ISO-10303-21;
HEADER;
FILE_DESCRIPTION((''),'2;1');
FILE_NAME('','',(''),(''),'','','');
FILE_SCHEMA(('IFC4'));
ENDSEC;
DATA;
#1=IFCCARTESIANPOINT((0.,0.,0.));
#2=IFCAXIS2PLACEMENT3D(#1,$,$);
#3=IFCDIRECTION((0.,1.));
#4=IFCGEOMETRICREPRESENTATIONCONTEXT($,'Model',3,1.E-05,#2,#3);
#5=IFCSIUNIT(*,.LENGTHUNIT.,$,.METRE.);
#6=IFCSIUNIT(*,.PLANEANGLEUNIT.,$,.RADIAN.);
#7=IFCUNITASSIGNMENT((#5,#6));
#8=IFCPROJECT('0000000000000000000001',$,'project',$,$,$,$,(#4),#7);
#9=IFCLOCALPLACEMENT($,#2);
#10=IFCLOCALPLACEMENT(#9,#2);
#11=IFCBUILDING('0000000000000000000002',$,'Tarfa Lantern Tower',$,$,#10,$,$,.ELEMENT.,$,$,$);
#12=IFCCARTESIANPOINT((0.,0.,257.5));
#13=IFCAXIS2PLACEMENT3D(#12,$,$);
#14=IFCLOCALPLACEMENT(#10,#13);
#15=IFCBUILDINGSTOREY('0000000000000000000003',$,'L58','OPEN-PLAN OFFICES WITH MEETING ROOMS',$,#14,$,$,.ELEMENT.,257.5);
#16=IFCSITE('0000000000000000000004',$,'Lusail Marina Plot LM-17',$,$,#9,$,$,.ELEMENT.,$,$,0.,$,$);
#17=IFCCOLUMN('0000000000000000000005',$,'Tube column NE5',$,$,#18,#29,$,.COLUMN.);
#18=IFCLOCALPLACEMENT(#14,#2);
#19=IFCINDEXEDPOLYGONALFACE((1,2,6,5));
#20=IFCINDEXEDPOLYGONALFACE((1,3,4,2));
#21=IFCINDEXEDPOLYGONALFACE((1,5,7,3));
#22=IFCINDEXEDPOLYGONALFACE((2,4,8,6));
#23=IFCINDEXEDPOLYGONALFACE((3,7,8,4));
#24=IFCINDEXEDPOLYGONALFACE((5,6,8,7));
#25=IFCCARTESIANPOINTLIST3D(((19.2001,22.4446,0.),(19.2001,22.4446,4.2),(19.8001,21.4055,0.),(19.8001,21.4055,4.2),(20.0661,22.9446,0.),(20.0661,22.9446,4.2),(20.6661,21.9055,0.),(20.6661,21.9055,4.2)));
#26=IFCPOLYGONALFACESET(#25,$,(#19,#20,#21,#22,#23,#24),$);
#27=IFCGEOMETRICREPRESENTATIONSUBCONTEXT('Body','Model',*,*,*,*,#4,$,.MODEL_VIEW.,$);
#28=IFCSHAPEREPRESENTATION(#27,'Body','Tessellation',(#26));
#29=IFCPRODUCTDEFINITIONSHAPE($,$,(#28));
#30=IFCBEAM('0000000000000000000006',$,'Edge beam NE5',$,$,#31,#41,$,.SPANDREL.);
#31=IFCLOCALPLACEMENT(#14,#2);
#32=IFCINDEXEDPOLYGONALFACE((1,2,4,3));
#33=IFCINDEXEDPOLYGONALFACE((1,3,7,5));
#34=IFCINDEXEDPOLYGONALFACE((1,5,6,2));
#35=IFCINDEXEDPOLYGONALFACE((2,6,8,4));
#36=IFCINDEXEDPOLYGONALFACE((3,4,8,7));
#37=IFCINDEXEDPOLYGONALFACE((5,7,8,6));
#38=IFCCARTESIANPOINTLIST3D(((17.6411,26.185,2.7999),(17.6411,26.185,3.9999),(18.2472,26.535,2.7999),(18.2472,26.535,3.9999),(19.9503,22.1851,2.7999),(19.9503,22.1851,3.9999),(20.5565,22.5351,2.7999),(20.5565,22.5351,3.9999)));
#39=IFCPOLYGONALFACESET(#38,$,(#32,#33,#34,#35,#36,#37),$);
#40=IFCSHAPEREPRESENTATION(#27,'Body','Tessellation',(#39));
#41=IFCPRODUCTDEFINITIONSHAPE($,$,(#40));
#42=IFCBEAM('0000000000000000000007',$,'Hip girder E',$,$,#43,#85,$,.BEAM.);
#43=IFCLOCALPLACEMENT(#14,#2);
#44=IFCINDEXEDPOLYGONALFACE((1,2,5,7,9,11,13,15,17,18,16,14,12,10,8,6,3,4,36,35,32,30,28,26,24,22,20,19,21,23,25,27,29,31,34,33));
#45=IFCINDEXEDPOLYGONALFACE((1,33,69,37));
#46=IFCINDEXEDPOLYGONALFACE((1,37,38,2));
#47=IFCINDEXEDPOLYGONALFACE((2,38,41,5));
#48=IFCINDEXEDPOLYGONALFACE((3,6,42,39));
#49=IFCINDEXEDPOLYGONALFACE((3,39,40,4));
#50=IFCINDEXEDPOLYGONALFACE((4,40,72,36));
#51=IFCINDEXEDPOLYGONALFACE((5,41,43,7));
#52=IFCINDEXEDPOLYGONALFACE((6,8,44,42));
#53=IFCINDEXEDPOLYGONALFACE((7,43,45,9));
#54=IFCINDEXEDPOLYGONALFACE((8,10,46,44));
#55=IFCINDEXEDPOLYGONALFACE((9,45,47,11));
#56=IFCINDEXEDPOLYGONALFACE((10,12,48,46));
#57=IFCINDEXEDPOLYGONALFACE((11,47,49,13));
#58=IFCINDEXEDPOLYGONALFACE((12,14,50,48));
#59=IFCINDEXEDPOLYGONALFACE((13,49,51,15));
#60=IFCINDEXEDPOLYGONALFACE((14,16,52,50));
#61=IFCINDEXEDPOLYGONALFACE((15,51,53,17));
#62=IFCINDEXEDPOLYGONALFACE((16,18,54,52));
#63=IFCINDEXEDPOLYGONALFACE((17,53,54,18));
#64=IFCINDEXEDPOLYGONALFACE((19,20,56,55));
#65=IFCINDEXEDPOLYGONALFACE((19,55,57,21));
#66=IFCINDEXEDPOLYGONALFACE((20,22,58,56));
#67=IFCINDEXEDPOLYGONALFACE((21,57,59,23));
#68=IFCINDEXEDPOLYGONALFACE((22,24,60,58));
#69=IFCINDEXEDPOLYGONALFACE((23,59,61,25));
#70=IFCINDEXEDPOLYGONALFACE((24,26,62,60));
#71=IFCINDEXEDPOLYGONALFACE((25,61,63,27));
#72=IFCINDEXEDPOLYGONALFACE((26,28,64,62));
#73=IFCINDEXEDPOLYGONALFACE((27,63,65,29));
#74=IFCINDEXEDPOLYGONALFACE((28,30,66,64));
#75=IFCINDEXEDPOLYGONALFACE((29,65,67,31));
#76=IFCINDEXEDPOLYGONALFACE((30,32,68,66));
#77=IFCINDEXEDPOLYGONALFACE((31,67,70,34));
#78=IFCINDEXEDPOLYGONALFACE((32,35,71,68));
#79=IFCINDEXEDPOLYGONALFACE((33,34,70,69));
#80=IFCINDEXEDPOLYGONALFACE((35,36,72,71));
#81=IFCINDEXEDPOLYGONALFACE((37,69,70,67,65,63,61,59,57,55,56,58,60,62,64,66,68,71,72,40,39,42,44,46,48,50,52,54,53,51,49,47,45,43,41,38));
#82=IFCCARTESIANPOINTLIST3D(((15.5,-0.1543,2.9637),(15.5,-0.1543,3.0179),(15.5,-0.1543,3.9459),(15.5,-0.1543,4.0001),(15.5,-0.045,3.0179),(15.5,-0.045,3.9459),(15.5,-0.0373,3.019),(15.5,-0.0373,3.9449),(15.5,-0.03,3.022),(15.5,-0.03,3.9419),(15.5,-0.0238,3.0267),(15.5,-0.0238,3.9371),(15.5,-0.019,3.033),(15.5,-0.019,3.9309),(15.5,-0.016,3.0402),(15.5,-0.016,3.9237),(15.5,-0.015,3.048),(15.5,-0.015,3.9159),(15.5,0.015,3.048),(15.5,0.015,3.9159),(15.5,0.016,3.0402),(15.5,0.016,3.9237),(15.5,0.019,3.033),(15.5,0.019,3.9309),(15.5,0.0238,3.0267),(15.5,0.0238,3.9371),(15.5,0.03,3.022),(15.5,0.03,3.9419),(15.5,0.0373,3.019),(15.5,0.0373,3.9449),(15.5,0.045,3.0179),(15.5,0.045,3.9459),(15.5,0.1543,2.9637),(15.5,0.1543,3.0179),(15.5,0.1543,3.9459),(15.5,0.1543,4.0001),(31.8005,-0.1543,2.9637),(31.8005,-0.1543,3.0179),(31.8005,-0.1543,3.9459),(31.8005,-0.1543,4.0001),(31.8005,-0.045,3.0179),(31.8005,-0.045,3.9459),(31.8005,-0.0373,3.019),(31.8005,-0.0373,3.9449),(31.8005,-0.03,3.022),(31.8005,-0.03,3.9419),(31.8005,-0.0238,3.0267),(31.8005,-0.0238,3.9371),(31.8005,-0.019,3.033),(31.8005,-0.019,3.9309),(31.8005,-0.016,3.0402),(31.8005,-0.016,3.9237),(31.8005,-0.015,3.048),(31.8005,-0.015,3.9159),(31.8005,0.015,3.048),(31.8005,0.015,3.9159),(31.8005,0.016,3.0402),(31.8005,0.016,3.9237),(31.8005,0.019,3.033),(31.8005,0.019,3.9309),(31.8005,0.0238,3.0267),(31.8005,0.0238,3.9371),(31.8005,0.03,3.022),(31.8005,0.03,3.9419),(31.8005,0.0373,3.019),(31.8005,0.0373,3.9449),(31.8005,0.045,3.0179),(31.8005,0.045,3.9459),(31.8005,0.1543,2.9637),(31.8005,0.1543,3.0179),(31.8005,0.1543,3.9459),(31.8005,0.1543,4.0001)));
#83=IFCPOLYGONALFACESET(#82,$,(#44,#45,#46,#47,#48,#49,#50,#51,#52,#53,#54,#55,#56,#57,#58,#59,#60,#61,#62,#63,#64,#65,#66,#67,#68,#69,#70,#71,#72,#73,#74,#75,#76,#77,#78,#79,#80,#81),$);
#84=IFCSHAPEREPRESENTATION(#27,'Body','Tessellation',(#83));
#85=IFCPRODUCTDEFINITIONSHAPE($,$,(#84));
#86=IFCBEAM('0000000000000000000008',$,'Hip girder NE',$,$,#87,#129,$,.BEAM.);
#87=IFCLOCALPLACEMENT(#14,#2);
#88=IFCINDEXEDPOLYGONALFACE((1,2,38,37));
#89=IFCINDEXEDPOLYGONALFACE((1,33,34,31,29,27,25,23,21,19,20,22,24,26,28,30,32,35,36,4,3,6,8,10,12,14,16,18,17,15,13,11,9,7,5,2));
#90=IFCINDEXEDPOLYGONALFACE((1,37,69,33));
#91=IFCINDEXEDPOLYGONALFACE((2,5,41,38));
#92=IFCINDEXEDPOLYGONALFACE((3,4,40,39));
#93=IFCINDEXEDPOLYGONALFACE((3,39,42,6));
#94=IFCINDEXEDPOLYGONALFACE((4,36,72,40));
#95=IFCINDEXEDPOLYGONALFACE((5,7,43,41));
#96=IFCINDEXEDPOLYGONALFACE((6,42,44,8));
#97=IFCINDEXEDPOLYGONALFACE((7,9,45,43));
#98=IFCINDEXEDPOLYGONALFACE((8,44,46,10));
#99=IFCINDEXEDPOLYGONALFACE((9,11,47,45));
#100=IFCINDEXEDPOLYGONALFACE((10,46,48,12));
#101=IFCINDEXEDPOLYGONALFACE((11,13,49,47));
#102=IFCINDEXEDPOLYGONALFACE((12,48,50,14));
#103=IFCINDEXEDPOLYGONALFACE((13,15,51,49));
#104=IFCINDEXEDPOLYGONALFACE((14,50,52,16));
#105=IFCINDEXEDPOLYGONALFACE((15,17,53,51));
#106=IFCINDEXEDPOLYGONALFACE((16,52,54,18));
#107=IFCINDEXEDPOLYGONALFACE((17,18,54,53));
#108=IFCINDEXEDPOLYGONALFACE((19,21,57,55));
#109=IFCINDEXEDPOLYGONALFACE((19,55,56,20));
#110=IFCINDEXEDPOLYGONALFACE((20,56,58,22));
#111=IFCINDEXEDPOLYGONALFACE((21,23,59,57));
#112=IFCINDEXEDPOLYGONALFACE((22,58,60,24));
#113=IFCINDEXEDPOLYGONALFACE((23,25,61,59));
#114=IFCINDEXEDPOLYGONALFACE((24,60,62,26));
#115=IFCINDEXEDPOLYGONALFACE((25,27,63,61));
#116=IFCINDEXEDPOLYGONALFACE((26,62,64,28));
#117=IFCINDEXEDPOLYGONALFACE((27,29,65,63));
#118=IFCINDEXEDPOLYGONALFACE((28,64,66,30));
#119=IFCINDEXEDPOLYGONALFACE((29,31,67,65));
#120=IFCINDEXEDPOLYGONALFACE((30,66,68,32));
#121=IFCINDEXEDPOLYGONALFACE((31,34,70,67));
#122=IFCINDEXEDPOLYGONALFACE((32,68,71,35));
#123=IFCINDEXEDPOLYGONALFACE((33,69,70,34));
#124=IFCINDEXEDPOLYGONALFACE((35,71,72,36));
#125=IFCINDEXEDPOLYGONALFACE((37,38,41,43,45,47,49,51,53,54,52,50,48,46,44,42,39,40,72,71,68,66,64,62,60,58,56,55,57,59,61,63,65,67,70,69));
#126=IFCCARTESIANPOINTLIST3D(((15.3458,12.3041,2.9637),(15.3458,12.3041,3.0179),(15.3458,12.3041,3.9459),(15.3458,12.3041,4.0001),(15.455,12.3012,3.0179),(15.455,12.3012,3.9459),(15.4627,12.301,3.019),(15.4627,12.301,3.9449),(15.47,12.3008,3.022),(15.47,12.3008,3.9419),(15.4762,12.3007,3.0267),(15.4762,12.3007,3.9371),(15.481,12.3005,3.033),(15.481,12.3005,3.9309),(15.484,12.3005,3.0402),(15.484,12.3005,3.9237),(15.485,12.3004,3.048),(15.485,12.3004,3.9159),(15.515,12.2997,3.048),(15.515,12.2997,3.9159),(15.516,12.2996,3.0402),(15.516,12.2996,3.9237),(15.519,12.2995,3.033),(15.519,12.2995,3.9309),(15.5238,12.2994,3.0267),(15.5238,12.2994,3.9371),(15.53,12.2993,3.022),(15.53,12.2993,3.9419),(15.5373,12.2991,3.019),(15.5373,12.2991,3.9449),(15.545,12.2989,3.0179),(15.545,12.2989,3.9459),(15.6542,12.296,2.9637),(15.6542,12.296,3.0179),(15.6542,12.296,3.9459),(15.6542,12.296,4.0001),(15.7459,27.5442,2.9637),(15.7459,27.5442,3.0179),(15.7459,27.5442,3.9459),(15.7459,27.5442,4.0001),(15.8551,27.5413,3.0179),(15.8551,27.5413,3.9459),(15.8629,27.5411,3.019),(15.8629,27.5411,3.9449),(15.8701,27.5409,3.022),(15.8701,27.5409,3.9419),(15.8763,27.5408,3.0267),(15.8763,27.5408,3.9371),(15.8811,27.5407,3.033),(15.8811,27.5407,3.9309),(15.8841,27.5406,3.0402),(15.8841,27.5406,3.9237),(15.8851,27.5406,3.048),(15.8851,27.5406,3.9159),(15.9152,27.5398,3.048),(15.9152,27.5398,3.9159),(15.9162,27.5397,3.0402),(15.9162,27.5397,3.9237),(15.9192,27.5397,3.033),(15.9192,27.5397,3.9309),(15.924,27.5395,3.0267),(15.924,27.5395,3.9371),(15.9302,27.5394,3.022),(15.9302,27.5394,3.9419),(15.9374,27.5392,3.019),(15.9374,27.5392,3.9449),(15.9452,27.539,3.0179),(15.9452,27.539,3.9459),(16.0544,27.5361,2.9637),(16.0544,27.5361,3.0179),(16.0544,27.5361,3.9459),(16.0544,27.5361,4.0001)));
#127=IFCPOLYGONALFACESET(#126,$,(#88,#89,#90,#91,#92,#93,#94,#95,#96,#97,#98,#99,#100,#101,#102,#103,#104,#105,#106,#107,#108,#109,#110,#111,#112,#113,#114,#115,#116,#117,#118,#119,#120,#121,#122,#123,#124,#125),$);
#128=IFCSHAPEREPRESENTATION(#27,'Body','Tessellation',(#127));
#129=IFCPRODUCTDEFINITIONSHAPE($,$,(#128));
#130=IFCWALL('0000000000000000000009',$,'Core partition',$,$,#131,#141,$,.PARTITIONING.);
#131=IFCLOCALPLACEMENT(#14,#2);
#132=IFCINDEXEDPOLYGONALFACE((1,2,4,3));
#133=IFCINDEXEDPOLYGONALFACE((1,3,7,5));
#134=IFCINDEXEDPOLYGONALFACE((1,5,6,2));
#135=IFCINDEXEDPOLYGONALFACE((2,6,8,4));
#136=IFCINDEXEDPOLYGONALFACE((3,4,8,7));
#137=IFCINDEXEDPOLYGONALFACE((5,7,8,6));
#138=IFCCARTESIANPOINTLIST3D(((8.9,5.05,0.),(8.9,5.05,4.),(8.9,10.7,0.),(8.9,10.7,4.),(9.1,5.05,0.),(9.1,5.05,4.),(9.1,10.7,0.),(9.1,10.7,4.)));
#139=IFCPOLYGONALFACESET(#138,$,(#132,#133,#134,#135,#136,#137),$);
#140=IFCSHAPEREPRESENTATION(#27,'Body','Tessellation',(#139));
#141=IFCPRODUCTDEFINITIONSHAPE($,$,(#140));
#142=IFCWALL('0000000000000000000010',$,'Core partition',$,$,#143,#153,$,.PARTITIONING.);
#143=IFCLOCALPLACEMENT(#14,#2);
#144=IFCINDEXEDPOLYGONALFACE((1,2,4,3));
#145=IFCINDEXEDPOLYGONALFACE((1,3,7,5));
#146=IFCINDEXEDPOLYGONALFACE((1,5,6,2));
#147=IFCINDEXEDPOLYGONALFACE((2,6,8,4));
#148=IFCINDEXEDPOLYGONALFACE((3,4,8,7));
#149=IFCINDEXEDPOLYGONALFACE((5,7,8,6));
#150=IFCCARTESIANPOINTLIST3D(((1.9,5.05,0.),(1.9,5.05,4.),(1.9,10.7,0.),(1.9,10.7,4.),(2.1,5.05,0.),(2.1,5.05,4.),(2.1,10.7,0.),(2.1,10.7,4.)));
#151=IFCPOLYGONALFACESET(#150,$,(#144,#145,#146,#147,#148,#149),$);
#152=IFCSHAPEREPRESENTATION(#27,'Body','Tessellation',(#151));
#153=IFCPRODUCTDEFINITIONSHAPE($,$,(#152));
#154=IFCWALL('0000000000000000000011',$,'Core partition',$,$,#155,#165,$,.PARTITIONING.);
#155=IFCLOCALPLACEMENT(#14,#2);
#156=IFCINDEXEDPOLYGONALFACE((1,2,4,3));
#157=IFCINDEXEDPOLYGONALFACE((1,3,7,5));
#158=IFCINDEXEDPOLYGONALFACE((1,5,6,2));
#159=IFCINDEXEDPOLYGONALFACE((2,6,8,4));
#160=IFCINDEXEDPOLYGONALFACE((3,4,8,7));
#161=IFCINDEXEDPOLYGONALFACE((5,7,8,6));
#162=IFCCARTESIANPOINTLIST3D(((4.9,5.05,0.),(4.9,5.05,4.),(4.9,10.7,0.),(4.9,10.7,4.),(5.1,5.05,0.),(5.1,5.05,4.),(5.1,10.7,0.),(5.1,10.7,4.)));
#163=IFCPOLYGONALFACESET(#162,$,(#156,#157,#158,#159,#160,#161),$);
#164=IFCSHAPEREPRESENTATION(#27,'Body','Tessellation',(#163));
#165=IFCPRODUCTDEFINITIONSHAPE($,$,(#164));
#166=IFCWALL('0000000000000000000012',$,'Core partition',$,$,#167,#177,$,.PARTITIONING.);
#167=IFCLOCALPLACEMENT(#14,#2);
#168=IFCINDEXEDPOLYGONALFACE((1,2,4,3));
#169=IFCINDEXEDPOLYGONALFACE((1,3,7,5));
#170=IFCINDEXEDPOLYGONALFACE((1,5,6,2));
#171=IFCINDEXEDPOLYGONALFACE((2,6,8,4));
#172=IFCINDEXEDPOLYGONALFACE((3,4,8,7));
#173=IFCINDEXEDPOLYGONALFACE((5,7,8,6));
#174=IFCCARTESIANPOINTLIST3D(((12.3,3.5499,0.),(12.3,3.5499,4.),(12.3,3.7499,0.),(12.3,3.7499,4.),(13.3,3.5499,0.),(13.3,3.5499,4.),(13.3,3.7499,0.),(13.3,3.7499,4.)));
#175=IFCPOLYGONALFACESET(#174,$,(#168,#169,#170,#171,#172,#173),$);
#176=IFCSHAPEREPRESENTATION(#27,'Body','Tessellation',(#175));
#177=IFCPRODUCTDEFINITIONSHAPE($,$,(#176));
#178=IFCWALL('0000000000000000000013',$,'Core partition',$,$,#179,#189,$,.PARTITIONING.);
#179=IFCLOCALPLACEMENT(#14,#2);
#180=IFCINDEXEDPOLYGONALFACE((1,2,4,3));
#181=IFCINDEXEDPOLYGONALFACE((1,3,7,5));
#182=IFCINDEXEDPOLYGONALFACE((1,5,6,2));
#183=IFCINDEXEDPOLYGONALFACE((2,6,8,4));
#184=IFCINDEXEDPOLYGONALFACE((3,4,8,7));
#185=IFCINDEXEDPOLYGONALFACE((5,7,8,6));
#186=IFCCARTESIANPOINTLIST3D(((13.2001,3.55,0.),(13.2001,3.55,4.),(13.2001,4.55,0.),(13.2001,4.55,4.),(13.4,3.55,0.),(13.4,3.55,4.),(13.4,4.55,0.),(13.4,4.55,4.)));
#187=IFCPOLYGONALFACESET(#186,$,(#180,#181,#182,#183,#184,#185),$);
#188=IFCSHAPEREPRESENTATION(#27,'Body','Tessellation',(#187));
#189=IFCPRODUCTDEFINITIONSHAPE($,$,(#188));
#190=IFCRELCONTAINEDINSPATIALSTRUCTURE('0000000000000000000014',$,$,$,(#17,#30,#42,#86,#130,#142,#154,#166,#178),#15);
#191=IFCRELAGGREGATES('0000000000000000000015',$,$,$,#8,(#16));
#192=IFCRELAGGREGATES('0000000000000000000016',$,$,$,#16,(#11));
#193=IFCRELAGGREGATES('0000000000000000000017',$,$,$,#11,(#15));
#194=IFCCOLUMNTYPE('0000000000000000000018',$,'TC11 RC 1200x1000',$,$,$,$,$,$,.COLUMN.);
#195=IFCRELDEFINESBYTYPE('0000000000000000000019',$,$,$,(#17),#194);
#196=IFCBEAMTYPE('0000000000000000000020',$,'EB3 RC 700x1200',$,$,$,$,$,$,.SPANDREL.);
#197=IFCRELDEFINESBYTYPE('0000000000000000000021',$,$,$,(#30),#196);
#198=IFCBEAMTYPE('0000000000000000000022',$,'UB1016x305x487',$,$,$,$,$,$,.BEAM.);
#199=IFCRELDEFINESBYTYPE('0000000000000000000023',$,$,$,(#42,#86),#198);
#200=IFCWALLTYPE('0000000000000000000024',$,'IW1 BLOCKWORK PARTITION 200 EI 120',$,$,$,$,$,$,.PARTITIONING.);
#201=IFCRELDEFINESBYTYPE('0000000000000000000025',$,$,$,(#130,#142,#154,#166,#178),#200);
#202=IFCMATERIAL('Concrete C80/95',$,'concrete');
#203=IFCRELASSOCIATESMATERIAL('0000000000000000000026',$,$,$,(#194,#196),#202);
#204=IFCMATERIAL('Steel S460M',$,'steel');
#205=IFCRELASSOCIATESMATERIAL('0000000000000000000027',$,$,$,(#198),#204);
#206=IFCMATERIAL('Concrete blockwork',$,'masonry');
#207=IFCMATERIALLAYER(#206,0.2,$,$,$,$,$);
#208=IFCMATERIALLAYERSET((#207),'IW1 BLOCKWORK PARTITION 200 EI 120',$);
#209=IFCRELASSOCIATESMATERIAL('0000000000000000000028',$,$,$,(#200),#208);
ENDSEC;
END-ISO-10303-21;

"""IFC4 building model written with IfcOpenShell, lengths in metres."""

from ifc_helpers import new_model, si_unit, direction, frame, frame_2d, origin, origin_2d, place, context, subcontext, project, spatial, rectangle, i_section, extrude, material, layer, layer_set, material_profile, profile_set, type_object, element, save


model = new_model("IFC4")

# Units and contexts
model_context = context("Model", 3, precision=1e-05, world=origin(), true_north=direction((0.0, 1.0)))
body_context = subcontext(model_context, "Body", "Model", "MODEL_VIEW")
ifc_project = project(units=[si_unit("LENGTHUNIT", "METRE"), si_unit("PLANEANGLEUNIT", "RADIAN")], contexts=[model_context])

# Site, building, storey
site_placement = place(None, origin())
site = spatial("IfcSite", under=ifc_project, at=site_placement, Name="Lusail Marina Plot LM-17", CompositionType="ELEMENT", RefElevation=0.0)
building_placement = place(site_placement, origin())
building = spatial("IfcBuilding", under=site, at=building_placement, Name="Tarfa Lantern Tower", CompositionType="ELEMENT")
storey_placement = place(building_placement, frame((0.0, 0.0, 257.5)))
storey = spatial("IfcBuildingStorey", under=building, at=storey_placement, Name="L58", Description="OPEN-PLAN OFFICES WITH MEETING ROOMS", CompositionType="ELEMENT", Elevation=257.5)

# Column
ifc_material_1 = material(Name="Concrete C80/95", Category="concrete")
ifc_material_profile_1 = material_profile(ifc_material_1, rectangle(XDim=1.2, YDim=1.0, at=origin_2d()), Name="RC 1200x1000")
ifc_profile_set_1 = profile_set([ifc_material_profile_1], Name="Concrete C80/95")
column_type = type_object("IfcColumnType", Name="TC11 RC 1200x1000", PredefinedType="COLUMN", material=ifc_profile_set_1)
column_placement = place(storey_placement, frame((19.9331, 22.175, 0.0), z_axis=(0.0, 0.0, 1.0), x_axis=(-0.5, 0.866025, 0.0)))
element("IfcColumn", 1, at=column_placement, inside=storey, type_object=column_type, Name="Tube column NE5", PredefinedType="COLUMN", context=body_context, shape_type="SweptSolid", body=[
    extrude(rectangle(XDim=1.2, YDim=1.0, at=origin_2d()), origin(), (0.0, 0.0, 1.0), 4.2),
])

# Beams
ifc_material_profile_2 = material_profile(ifc_material_1, rectangle(XDim=0.7, YDim=1.2, at=origin_2d()), Name="RC 700x1200")
ifc_profile_set_2 = profile_set([ifc_material_profile_2], Name="Concrete C80/95")
beam_type_1 = type_object("IfcBeamType", Name="EB3 RC 700x1200", PredefinedType="SPANDREL", material=ifc_profile_set_2)
beam_1_placement = place(storey_placement, frame((20.2534, 22.3601, 3.3999), z_axis=(-0.499988, 0.866032, 0.0), x_axis=(-0.866032, -0.499988, 0.0)))
element("IfcBeam", 2, at=beam_1_placement, inside=storey, type_object=beam_type_1, Name="Edge beam NE5", PredefinedType="SPANDREL", context=body_context, shape_type="SweptSolid", body=[
    extrude(rectangle(XDim=0.7, YDim=1.2, at=origin_2d()), origin(), (0.0, 0.0, 1.0), 4.6187),
])
ifc_material_2 = material(Name="Steel S460M", Category="steel")
ifc_material_profile_3 = material_profile(ifc_material_2, i_section(OverallWidth=0.3086, OverallDepth=1.0364, WebThickness=0.03, FlangeThickness=0.0542, FilletRadius=0.03, at=origin_2d()), Name="UB1016x305x487")
ifc_profile_set_3 = profile_set([ifc_material_profile_3], Name="Steel S460M")
beam_type_2 = type_object("IfcBeamType", Name="UB1016x305x487", PredefinedType="BEAM", material=ifc_profile_set_3)
beam_2_placement = place(storey_placement, frame((15.5, 0.0, 3.4819), z_axis=(1.0, 0.0, 0.0), x_axis=(0.0, 1.0, 0.0)))
element("IfcBeam", 3, at=beam_2_placement, inside=storey, type_object=beam_type_2, Name="Hip girder E", PredefinedType="BEAM", context=body_context, shape_type="SweptSolid", body=[
    extrude(i_section(OverallWidth=0.3086, OverallDepth=1.0364, WebThickness=0.03, FlangeThickness=0.0542, FilletRadius=0.03, at=origin_2d()), origin(), (0.0, 0.0, 1.0), 16.3005),
])
beam_3_placement = place(storey_placement, frame((15.5, 12.3, 3.4819), z_axis=(0.026247, 0.999655, 0.0), x_axis=(-0.999655, 0.026247, 0.0)))
element("IfcBeam", 4, at=beam_3_placement, inside=storey, type_object=beam_type_2, Name="Hip girder NE", PredefinedType="BEAM", context=body_context, shape_type="SweptSolid", body=[
    extrude(i_section(OverallWidth=0.3086, OverallDepth=1.0364, WebThickness=0.03, FlangeThickness=0.0542, FilletRadius=0.03, at=origin_2d()), origin(), (0.0, 0.0, 1.0), 15.2454),
])

# Walls
ifc_material_3 = material(Name="Concrete blockwork", Category="masonry")
ifc_layer_1 = layer(ifc_material_3, 0.2)
ifc_layer_set_1 = layer_set([ifc_layer_1], Name="IW1 BLOCKWORK PARTITION 200 EI 120")
wall_type_1 = type_object("IfcWallType", Name="IW1 BLOCKWORK PARTITION 200 EI 120", PredefinedType="PARTITIONING", material=ifc_layer_set_1)
for number, where, z_axis, x_axis, name in (
    (5, (9.0, 5.05, 0.0), (0.0, 0.0, 1.0), (0.0, 1.0, 0.0), "Core partition"),
    (6, (2.0, 5.05, 0.0), (0.0, 0.0, 1.0), (0.0, 1.0, 0.0), "Core partition"),
    (7, (5.0, 5.05, 0.0), (0.0, 0.0, 1.0), (0.0, 1.0, 0.0), "Core partition"),
):
    element("IfcWall", number, at=place(storey_placement, frame(where, z_axis=z_axis, x_axis=x_axis)), inside=storey, type_object=wall_type_1, Name=name, PredefinedType="PARTITIONING", context=body_context, shape_type="SweptSolid", body=[
        extrude(rectangle(XDim=5.6499, YDim=0.2, at=frame_2d((2.825, 0.0))), origin(), (0.0, 0.0, 1.0), 4.0),
    ])
for number, where, z_axis, x_axis, name in (
    (8, (12.3, 3.6499, 0.0), (0.0, 0.0, 1.0), (1.0, 0.0, 0.0), "Core partition"),
    (9, (13.3, 3.55, 0.0), (0.0, 0.0, 1.0), (0.0, 1.0, 0.0), "Core partition"),
):
    element("IfcWall", number, at=place(storey_placement, frame(where, z_axis=z_axis, x_axis=x_axis)), inside=storey, type_object=wall_type_1, Name=name, PredefinedType="PARTITIONING", context=body_context, shape_type="SweptSolid", body=[
        extrude(rectangle(XDim=1.0, YDim=0.2, at=frame_2d((0.5, 0.0))), origin(), (0.0, 0.0, 1.0), 4.0),
    ])

save(model, "model.ifc")
